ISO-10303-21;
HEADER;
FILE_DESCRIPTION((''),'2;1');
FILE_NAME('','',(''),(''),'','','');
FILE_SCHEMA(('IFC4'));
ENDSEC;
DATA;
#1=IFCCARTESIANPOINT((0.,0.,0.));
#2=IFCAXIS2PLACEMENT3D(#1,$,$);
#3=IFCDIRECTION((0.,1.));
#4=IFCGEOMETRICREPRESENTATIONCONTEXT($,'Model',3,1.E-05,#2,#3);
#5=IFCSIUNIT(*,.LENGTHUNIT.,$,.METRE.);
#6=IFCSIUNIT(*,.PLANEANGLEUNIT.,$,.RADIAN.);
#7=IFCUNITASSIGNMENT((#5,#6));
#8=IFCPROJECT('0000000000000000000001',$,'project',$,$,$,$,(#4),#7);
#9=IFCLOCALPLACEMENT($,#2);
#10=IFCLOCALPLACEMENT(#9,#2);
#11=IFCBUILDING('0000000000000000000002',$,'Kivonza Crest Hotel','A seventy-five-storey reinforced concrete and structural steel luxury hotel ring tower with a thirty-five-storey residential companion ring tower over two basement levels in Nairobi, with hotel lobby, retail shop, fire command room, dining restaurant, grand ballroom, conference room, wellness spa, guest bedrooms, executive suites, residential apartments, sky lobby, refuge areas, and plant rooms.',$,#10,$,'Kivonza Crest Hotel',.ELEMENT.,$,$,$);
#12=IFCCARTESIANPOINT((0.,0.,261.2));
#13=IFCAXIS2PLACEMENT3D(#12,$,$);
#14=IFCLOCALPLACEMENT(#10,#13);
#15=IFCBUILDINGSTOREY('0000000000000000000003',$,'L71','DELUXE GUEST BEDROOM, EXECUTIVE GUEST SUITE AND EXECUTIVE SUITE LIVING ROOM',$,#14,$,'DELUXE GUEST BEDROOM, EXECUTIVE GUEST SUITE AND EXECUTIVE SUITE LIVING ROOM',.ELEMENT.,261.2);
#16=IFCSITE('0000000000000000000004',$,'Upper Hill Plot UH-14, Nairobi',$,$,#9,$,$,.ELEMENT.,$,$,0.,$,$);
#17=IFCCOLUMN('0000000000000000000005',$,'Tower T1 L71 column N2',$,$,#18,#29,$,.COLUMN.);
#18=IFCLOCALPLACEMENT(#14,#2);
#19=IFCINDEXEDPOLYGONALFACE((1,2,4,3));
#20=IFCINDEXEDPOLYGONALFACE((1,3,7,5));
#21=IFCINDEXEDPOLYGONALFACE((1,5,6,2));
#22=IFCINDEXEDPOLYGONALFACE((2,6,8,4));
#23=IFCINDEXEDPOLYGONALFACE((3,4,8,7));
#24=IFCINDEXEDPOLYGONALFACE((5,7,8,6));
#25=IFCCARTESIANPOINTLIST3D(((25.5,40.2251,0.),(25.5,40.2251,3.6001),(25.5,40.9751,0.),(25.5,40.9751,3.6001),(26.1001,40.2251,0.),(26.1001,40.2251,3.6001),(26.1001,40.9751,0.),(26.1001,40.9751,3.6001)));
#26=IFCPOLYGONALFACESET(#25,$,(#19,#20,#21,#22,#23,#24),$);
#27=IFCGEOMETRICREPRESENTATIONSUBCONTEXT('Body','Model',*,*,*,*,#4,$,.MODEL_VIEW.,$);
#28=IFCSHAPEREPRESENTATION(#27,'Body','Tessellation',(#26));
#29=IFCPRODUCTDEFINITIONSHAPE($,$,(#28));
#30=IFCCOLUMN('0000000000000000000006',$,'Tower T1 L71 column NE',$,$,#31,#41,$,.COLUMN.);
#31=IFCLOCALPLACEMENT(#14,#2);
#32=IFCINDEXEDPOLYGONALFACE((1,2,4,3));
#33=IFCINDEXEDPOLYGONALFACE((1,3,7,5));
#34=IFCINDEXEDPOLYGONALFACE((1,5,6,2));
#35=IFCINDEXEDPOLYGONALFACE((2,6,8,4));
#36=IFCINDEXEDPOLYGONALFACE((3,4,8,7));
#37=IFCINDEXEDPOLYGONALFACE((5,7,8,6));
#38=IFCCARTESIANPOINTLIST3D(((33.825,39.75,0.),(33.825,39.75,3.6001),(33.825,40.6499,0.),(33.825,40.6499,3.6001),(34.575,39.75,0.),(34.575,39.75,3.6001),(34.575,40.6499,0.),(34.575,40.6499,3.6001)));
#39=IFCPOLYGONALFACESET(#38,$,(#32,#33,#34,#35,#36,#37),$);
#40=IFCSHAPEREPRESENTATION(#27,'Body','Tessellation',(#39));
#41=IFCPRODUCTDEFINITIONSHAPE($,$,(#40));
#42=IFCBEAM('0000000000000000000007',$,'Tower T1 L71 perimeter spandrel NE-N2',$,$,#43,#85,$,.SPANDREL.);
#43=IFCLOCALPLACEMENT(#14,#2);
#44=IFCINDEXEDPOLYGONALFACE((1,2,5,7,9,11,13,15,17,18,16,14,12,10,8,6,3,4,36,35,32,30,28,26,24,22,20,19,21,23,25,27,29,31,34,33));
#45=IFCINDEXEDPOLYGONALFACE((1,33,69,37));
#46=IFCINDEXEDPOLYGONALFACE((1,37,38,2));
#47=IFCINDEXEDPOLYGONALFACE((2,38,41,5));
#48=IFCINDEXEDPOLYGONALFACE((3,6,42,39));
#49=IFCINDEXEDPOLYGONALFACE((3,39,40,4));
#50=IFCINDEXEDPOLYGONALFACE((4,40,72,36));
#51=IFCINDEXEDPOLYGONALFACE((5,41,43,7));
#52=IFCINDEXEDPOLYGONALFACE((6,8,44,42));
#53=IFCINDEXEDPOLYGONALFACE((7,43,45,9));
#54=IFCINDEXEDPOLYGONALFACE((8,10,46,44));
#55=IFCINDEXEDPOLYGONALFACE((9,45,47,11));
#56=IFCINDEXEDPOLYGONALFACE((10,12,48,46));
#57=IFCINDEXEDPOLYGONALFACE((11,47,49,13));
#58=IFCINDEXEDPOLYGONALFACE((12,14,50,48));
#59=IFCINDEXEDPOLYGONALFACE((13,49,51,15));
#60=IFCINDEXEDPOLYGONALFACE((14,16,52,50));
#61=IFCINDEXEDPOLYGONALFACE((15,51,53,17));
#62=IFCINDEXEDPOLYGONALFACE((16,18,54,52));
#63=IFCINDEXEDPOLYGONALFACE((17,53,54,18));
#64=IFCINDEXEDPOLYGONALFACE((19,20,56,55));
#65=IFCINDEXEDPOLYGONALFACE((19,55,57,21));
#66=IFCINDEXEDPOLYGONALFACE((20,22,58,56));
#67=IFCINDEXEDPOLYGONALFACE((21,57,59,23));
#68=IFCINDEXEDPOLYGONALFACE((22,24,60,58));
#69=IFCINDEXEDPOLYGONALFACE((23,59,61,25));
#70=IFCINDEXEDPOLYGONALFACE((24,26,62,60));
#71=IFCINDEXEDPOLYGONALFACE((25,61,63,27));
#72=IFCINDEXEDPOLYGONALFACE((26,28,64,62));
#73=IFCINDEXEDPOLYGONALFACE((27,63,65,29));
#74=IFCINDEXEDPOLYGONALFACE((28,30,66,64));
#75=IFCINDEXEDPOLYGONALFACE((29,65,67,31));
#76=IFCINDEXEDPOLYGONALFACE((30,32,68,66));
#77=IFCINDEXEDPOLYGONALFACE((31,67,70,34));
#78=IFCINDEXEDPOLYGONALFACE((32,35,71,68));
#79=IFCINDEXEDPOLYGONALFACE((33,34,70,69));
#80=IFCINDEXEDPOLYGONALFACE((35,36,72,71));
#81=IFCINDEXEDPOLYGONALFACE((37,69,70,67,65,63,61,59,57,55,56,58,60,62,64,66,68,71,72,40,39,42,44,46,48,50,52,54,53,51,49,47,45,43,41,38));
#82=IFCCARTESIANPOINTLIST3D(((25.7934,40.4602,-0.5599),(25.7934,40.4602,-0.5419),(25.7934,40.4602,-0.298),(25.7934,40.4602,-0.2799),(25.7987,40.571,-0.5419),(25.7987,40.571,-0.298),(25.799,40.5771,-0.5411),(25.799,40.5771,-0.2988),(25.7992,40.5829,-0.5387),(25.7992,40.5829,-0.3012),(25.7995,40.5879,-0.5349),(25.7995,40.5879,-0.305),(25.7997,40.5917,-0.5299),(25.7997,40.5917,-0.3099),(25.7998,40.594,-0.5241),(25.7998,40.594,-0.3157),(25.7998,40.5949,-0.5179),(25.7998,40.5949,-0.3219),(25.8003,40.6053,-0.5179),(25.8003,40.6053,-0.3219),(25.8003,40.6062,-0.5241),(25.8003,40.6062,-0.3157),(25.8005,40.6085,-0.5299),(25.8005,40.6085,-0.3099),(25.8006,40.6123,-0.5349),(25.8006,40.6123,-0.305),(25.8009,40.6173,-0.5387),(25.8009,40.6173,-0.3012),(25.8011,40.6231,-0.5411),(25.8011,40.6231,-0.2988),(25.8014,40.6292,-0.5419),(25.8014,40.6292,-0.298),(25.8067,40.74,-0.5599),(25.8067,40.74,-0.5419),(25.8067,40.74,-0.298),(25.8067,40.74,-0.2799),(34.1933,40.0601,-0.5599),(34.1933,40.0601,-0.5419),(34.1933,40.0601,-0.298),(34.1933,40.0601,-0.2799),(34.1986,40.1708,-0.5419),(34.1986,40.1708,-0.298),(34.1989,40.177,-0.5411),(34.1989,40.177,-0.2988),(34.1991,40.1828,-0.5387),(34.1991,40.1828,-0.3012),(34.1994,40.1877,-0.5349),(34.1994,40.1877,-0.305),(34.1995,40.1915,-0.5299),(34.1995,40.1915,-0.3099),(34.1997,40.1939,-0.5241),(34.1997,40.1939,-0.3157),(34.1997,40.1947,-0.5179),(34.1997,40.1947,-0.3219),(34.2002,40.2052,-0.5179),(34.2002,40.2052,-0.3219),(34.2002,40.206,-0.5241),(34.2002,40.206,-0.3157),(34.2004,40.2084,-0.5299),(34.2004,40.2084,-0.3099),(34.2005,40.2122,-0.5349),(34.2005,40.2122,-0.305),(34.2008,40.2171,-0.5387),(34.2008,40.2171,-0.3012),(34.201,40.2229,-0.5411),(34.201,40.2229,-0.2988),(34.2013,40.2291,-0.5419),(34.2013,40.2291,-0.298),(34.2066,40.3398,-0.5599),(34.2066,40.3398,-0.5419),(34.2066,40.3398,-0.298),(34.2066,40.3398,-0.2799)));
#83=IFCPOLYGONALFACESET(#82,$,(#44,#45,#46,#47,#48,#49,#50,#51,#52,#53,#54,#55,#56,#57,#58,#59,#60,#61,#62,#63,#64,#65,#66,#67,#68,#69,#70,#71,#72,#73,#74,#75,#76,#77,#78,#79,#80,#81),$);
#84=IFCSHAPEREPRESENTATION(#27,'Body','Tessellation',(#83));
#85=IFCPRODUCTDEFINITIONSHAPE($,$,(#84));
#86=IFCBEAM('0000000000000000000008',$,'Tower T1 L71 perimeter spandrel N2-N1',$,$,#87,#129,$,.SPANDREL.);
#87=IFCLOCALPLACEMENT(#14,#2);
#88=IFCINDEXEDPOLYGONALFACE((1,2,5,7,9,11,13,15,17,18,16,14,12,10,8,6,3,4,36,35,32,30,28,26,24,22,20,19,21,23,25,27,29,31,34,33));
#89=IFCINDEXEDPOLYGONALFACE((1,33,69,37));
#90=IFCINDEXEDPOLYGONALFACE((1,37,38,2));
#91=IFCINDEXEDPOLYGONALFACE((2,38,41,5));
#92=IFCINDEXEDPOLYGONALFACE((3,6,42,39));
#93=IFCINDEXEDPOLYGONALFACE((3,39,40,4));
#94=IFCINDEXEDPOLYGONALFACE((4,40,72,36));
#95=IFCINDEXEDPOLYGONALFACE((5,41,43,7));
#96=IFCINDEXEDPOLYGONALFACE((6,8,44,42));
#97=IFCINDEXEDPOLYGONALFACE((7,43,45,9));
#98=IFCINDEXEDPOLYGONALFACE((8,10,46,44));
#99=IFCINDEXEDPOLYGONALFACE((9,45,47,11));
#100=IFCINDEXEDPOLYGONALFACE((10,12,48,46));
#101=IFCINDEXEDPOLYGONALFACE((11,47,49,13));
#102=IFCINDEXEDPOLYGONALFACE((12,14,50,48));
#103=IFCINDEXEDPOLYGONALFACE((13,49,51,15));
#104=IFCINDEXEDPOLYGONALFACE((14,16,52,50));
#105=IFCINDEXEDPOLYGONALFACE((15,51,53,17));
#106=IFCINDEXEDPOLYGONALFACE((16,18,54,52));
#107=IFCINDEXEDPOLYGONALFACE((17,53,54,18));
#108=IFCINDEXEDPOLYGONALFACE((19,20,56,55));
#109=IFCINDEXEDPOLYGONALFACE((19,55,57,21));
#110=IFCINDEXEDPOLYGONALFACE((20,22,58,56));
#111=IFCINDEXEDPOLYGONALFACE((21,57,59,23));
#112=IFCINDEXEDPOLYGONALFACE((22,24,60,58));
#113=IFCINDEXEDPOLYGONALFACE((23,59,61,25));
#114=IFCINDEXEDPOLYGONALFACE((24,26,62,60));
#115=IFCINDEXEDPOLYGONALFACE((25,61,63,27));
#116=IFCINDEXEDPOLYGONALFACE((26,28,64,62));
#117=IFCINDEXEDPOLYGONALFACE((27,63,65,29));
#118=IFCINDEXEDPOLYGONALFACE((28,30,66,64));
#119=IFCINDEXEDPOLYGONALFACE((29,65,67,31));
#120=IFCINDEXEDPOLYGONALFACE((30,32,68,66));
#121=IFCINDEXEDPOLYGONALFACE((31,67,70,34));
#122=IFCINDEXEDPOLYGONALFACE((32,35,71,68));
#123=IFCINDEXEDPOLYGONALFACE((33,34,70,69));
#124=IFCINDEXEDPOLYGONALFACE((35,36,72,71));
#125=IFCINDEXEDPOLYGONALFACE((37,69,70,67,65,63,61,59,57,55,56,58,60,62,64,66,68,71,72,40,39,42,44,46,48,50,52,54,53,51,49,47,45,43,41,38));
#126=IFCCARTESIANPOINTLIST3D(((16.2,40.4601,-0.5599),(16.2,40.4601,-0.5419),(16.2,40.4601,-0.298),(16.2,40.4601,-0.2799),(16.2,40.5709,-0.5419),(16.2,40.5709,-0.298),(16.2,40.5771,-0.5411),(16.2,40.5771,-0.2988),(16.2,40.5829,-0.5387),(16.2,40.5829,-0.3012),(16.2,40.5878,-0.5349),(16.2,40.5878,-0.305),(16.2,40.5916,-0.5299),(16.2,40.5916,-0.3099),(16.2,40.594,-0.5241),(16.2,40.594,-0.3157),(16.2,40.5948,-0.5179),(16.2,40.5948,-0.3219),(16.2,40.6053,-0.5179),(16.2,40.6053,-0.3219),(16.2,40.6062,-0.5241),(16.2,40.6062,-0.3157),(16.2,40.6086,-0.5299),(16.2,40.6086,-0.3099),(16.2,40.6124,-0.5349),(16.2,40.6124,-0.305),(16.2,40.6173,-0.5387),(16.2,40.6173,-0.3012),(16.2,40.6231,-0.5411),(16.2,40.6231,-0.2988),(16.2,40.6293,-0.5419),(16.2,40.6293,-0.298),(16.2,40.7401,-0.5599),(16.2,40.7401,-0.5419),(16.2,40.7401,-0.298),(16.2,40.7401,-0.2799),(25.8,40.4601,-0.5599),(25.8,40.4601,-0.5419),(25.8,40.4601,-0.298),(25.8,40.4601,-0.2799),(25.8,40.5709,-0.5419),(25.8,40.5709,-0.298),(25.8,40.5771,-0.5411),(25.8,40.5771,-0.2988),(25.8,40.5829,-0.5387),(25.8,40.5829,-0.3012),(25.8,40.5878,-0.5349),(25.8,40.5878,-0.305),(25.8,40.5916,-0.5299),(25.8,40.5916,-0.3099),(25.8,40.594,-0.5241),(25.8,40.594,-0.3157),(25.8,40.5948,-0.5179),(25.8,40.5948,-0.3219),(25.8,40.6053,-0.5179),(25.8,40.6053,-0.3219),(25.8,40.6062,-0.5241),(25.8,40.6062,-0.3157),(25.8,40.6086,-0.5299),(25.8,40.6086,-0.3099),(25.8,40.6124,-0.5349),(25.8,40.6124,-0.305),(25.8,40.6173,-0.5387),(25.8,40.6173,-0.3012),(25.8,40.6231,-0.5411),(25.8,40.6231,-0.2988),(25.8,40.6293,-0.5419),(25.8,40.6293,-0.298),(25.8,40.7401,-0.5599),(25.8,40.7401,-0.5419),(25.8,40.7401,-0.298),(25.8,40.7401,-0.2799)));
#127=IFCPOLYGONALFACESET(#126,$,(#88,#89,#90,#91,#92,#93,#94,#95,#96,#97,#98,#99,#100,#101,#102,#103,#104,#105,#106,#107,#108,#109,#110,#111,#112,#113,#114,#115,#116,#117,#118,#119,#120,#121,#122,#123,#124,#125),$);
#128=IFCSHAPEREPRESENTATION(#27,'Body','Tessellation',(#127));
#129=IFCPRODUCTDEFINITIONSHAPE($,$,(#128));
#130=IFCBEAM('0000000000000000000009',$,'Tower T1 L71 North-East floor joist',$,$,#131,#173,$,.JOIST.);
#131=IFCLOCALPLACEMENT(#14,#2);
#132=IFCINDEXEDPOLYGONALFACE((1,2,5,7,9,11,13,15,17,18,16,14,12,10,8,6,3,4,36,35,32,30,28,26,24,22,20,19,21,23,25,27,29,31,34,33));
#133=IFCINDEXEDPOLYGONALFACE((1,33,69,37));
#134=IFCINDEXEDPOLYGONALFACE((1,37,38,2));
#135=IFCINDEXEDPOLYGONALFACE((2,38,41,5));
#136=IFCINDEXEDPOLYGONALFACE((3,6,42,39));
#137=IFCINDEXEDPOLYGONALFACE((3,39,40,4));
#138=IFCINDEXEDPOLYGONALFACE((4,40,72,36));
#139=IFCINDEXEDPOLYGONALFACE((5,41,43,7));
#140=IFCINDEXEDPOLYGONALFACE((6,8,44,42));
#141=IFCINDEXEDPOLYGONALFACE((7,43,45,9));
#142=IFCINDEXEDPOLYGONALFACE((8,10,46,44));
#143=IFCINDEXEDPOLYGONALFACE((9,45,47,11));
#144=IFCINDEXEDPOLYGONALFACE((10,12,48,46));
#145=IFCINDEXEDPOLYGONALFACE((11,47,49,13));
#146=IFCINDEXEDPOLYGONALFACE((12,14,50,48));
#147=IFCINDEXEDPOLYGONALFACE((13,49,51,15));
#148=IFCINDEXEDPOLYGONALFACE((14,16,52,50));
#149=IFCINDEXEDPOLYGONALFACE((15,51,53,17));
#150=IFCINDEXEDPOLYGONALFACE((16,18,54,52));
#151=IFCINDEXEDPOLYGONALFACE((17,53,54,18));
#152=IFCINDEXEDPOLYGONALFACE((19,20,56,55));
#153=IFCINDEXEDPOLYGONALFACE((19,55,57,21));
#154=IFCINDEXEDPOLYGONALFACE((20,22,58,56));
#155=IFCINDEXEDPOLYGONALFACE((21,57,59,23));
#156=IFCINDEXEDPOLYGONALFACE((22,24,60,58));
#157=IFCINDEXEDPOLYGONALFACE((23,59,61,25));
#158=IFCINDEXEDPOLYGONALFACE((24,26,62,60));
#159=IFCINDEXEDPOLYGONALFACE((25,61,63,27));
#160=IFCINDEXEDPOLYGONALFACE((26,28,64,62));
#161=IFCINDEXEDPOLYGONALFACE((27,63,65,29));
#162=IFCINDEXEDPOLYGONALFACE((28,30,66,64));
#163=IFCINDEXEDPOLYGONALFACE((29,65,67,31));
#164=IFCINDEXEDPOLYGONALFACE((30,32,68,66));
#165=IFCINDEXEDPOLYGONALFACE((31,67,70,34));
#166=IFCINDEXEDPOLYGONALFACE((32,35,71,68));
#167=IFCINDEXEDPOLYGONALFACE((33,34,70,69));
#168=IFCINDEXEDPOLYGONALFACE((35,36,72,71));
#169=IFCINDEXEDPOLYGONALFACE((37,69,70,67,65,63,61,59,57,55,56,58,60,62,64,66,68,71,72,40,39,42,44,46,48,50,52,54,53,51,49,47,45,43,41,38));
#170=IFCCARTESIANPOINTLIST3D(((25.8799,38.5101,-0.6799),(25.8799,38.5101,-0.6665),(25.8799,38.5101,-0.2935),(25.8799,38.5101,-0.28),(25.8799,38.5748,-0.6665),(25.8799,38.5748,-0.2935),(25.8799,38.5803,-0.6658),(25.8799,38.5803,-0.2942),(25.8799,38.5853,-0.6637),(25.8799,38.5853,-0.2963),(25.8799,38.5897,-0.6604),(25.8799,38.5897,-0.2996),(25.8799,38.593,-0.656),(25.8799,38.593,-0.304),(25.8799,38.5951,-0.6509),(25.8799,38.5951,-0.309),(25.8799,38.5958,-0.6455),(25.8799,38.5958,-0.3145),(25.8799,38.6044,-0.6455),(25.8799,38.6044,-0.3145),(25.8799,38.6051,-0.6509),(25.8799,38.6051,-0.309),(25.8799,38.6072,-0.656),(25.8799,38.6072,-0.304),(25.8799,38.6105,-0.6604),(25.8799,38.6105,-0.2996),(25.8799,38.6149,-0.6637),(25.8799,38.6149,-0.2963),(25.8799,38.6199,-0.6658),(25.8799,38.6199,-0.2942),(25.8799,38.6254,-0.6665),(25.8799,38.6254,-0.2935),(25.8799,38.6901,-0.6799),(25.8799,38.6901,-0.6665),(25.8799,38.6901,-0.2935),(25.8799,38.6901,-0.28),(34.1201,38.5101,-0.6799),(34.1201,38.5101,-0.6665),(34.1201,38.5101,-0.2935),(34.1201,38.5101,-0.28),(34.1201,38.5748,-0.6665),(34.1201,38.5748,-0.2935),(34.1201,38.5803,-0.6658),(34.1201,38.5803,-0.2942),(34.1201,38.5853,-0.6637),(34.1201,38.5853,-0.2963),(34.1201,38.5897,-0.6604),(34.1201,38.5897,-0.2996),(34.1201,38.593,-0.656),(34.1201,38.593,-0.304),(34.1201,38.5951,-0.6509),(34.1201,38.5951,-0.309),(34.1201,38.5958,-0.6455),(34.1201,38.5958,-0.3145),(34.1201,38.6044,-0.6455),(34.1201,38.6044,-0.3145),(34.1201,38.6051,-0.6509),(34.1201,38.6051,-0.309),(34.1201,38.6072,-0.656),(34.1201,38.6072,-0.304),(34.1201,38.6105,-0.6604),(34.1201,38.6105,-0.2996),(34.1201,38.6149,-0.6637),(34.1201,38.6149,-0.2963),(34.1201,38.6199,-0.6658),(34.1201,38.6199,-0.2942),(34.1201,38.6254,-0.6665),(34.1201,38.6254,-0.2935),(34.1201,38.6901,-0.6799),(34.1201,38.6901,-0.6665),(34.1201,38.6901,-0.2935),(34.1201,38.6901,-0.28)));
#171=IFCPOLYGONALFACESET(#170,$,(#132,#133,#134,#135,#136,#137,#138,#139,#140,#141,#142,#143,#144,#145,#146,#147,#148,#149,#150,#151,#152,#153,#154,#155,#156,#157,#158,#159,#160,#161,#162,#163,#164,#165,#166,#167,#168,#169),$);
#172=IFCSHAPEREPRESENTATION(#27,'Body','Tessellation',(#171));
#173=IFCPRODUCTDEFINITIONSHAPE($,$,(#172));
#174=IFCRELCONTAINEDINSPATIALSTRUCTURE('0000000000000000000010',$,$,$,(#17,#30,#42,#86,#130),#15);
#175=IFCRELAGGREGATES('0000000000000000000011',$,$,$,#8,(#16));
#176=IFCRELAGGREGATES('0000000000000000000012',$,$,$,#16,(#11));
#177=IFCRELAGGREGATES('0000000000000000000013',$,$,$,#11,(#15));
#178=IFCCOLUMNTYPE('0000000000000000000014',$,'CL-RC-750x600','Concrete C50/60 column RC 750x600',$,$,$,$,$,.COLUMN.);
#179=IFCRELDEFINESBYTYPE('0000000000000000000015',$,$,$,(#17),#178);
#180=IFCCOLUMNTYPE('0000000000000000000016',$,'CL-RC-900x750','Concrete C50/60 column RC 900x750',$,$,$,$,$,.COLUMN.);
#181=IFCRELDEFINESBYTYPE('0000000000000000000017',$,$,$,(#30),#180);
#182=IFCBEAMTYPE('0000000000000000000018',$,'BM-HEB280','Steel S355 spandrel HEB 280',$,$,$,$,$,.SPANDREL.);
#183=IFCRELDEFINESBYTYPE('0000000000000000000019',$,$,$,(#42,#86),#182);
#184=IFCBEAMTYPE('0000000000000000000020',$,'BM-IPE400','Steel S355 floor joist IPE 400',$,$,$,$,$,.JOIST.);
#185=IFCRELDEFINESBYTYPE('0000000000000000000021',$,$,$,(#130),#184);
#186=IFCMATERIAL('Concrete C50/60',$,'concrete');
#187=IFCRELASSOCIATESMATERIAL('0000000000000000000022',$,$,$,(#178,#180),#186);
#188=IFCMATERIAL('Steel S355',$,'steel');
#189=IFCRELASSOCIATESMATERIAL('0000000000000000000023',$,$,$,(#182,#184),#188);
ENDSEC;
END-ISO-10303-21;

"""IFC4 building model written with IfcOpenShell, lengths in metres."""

from ifc_helpers import new_model, si_unit, direction, frame, origin, origin_2d, place, context, subcontext, project, spatial, rectangle, i_section, extrude, material, material_profile, profile_set, type_object, element, save


model = new_model("IFC4")

# Units and contexts
model_context = context("Model", 3, precision=1e-05, world=origin(), true_north=direction((0.0, 1.0)))
body_context = subcontext(model_context, "Body", "Model", "MODEL_VIEW")
ifc_project = project(units=[si_unit("LENGTHUNIT", "METRE"), si_unit("PLANEANGLEUNIT", "RADIAN")], contexts=[model_context])

# Site, building, storey
site_placement = place(None, origin())
site = spatial("IfcSite", under=ifc_project, at=site_placement, Name="Upper Hill Plot UH-14, Nairobi", CompositionType="ELEMENT", RefElevation=0.0)
building_placement = place(site_placement, origin())
building = spatial("IfcBuilding", under=site, at=building_placement, Name="Kivonza Crest Hotel", Description="A seventy-five-storey reinforced concrete and structural steel luxury hotel ring tower with a thirty-five-storey residential companion ring tower over two basement levels in Nairobi, with hotel lobby, retail shop, fire command room, dining restaurant, grand ballroom, conference room, wellness spa, guest bedrooms, executive suites, residential apartments, sky lobby, refuge areas, and plant rooms.", LongName="Kivonza Crest Hotel", CompositionType="ELEMENT")
storey_placement = place(building_placement, frame((0.0, 0.0, 261.2)))
storey = spatial("IfcBuildingStorey", under=building, at=storey_placement, Name="L71", Description="DELUXE GUEST BEDROOM, EXECUTIVE GUEST SUITE AND EXECUTIVE SUITE LIVING ROOM", LongName="DELUXE GUEST BEDROOM, EXECUTIVE GUEST SUITE AND EXECUTIVE SUITE LIVING ROOM", CompositionType="ELEMENT", Elevation=261.2)

# Columns
ifc_material_1 = material(Name="Concrete C50/60", Category="concrete")
ifc_material_profile_1 = material_profile(ifc_material_1, rectangle(XDim=0.6001, YDim=0.75, at=origin_2d()), Name="RC 750x600")
ifc_profile_set_1 = profile_set([ifc_material_profile_1], Name="Concrete C50/60")
column_type_1 = type_object("IfcColumnType", Name="CL-RC-750x600", Description="Concrete C50/60 column RC 750x600", PredefinedType="COLUMN", material=ifc_profile_set_1)
column_1_placement = place(storey_placement, frame((25.8, 40.6001, 0.0), z_axis=(0.0, 0.0, 1.0), x_axis=(1.0, 0.0, 0.0)))
element("IfcColumn", 1, at=column_1_placement, inside=storey, type_object=column_type_1, Name="Tower T1 L71 column N2", PredefinedType="COLUMN", context=body_context, shape_type="SweptSolid", body=[
    extrude(rectangle(XDim=0.6001, YDim=0.75, at=origin_2d()), origin(), (0.0, 0.0, 1.0), 3.6001),
])
ifc_material_profile_2 = material_profile(ifc_material_1, rectangle(XDim=0.75, YDim=0.8999, at=origin_2d()), Name="RC 900x750")
ifc_profile_set_2 = profile_set([ifc_material_profile_2], Name="Concrete C50/60")
column_type_2 = type_object("IfcColumnType", Name="CL-RC-900x750", Description="Concrete C50/60 column RC 900x750", PredefinedType="COLUMN", material=ifc_profile_set_2)
column_2_placement = place(storey_placement, frame((34.2, 40.2, 0.0), z_axis=(0.0, 0.0, 1.0), x_axis=(1.0, 0.0, 0.0)))
element("IfcColumn", 2, at=column_2_placement, inside=storey, type_object=column_type_2, Name="Tower T1 L71 column NE", PredefinedType="COLUMN", context=body_context, shape_type="SweptSolid", body=[
    extrude(rectangle(XDim=0.75, YDim=0.8999, at=origin_2d()), origin(), (0.0, 0.0, 1.0), 3.6001),
])

# Beams
ifc_material_2 = material(Name="Steel S355", Category="steel")
ifc_material_profile_3 = material_profile(ifc_material_2, i_section(OverallWidth=0.28, OverallDepth=0.28, WebThickness=0.0105, FlangeThickness=0.0181, FilletRadius=0.0239, at=origin_2d()), Name="HEB 280")
ifc_profile_set_3 = profile_set([ifc_material_profile_3], Name="Steel S355")
beam_type_1 = type_object("IfcBeamType", Name="BM-HEB280", Description="Steel S355 spandrel HEB 280", PredefinedType="SPANDREL", material=ifc_profile_set_3)
beam_1_placement = place(storey_placement, frame((34.2, 40.2, -0.4199), z_axis=(-0.998867, 0.047583, 0.0), x_axis=(-0.047583, -0.998867, 0.0)))
element("IfcBeam", 3, at=beam_1_placement, inside=storey, type_object=beam_type_1, Name="Tower T1 L71 perimeter spandrel NE-N2", PredefinedType="SPANDREL", context=body_context, shape_type="SweptSolid", body=[
    extrude(i_section(OverallWidth=0.28, OverallDepth=0.28, WebThickness=0.0105, FlangeThickness=0.0181, FilletRadius=0.0239, at=origin_2d()), origin(), (0.0, 0.0, 1.0), 8.4094),
])
beam_2_placement = place(storey_placement, frame((25.8, 40.6001, -0.4199), z_axis=(-1.0, 0.0, 0.0), x_axis=(0.0, -1.0, 0.0)))
element("IfcBeam", 4, at=beam_2_placement, inside=storey, type_object=beam_type_1, Name="Tower T1 L71 perimeter spandrel N2-N1", PredefinedType="SPANDREL", context=body_context, shape_type="SweptSolid", body=[
    extrude(i_section(OverallWidth=0.28, OverallDepth=0.28, WebThickness=0.0105, FlangeThickness=0.0181, FilletRadius=0.0239, at=origin_2d()), origin(), (0.0, 0.0, 1.0), 9.6001),
])
ifc_material_profile_4 = material_profile(ifc_material_2, i_section(OverallWidth=0.1799, OverallDepth=0.3999, WebThickness=0.0085, FlangeThickness=0.0134, FilletRadius=0.021, at=origin_2d()), Name="IPE 400")
ifc_profile_set_4 = profile_set([ifc_material_profile_4], Name="Steel S355")
beam_type_2 = type_object("IfcBeamType", Name="BM-IPE400", Description="Steel S355 floor joist IPE 400", PredefinedType="JOIST", material=ifc_profile_set_4)
beam_3_placement = place(storey_placement, frame((25.8799, 38.6001, -0.48), z_axis=(1.0, 0.0, 0.0), x_axis=(0.0, 1.0, 0.0)))
element("IfcBeam", 5, at=beam_3_placement, inside=storey, type_object=beam_type_2, Name="Tower T1 L71 North-East floor joist", PredefinedType="JOIST", context=body_context, shape_type="SweptSolid", body=[
    extrude(i_section(OverallWidth=0.1799, OverallDepth=0.3999, WebThickness=0.0085, FlangeThickness=0.0134, FilletRadius=0.021, at=origin_2d()), origin(), (0.0, 0.0, 1.0), 8.2402),
])

save(model, "model.ifc")
